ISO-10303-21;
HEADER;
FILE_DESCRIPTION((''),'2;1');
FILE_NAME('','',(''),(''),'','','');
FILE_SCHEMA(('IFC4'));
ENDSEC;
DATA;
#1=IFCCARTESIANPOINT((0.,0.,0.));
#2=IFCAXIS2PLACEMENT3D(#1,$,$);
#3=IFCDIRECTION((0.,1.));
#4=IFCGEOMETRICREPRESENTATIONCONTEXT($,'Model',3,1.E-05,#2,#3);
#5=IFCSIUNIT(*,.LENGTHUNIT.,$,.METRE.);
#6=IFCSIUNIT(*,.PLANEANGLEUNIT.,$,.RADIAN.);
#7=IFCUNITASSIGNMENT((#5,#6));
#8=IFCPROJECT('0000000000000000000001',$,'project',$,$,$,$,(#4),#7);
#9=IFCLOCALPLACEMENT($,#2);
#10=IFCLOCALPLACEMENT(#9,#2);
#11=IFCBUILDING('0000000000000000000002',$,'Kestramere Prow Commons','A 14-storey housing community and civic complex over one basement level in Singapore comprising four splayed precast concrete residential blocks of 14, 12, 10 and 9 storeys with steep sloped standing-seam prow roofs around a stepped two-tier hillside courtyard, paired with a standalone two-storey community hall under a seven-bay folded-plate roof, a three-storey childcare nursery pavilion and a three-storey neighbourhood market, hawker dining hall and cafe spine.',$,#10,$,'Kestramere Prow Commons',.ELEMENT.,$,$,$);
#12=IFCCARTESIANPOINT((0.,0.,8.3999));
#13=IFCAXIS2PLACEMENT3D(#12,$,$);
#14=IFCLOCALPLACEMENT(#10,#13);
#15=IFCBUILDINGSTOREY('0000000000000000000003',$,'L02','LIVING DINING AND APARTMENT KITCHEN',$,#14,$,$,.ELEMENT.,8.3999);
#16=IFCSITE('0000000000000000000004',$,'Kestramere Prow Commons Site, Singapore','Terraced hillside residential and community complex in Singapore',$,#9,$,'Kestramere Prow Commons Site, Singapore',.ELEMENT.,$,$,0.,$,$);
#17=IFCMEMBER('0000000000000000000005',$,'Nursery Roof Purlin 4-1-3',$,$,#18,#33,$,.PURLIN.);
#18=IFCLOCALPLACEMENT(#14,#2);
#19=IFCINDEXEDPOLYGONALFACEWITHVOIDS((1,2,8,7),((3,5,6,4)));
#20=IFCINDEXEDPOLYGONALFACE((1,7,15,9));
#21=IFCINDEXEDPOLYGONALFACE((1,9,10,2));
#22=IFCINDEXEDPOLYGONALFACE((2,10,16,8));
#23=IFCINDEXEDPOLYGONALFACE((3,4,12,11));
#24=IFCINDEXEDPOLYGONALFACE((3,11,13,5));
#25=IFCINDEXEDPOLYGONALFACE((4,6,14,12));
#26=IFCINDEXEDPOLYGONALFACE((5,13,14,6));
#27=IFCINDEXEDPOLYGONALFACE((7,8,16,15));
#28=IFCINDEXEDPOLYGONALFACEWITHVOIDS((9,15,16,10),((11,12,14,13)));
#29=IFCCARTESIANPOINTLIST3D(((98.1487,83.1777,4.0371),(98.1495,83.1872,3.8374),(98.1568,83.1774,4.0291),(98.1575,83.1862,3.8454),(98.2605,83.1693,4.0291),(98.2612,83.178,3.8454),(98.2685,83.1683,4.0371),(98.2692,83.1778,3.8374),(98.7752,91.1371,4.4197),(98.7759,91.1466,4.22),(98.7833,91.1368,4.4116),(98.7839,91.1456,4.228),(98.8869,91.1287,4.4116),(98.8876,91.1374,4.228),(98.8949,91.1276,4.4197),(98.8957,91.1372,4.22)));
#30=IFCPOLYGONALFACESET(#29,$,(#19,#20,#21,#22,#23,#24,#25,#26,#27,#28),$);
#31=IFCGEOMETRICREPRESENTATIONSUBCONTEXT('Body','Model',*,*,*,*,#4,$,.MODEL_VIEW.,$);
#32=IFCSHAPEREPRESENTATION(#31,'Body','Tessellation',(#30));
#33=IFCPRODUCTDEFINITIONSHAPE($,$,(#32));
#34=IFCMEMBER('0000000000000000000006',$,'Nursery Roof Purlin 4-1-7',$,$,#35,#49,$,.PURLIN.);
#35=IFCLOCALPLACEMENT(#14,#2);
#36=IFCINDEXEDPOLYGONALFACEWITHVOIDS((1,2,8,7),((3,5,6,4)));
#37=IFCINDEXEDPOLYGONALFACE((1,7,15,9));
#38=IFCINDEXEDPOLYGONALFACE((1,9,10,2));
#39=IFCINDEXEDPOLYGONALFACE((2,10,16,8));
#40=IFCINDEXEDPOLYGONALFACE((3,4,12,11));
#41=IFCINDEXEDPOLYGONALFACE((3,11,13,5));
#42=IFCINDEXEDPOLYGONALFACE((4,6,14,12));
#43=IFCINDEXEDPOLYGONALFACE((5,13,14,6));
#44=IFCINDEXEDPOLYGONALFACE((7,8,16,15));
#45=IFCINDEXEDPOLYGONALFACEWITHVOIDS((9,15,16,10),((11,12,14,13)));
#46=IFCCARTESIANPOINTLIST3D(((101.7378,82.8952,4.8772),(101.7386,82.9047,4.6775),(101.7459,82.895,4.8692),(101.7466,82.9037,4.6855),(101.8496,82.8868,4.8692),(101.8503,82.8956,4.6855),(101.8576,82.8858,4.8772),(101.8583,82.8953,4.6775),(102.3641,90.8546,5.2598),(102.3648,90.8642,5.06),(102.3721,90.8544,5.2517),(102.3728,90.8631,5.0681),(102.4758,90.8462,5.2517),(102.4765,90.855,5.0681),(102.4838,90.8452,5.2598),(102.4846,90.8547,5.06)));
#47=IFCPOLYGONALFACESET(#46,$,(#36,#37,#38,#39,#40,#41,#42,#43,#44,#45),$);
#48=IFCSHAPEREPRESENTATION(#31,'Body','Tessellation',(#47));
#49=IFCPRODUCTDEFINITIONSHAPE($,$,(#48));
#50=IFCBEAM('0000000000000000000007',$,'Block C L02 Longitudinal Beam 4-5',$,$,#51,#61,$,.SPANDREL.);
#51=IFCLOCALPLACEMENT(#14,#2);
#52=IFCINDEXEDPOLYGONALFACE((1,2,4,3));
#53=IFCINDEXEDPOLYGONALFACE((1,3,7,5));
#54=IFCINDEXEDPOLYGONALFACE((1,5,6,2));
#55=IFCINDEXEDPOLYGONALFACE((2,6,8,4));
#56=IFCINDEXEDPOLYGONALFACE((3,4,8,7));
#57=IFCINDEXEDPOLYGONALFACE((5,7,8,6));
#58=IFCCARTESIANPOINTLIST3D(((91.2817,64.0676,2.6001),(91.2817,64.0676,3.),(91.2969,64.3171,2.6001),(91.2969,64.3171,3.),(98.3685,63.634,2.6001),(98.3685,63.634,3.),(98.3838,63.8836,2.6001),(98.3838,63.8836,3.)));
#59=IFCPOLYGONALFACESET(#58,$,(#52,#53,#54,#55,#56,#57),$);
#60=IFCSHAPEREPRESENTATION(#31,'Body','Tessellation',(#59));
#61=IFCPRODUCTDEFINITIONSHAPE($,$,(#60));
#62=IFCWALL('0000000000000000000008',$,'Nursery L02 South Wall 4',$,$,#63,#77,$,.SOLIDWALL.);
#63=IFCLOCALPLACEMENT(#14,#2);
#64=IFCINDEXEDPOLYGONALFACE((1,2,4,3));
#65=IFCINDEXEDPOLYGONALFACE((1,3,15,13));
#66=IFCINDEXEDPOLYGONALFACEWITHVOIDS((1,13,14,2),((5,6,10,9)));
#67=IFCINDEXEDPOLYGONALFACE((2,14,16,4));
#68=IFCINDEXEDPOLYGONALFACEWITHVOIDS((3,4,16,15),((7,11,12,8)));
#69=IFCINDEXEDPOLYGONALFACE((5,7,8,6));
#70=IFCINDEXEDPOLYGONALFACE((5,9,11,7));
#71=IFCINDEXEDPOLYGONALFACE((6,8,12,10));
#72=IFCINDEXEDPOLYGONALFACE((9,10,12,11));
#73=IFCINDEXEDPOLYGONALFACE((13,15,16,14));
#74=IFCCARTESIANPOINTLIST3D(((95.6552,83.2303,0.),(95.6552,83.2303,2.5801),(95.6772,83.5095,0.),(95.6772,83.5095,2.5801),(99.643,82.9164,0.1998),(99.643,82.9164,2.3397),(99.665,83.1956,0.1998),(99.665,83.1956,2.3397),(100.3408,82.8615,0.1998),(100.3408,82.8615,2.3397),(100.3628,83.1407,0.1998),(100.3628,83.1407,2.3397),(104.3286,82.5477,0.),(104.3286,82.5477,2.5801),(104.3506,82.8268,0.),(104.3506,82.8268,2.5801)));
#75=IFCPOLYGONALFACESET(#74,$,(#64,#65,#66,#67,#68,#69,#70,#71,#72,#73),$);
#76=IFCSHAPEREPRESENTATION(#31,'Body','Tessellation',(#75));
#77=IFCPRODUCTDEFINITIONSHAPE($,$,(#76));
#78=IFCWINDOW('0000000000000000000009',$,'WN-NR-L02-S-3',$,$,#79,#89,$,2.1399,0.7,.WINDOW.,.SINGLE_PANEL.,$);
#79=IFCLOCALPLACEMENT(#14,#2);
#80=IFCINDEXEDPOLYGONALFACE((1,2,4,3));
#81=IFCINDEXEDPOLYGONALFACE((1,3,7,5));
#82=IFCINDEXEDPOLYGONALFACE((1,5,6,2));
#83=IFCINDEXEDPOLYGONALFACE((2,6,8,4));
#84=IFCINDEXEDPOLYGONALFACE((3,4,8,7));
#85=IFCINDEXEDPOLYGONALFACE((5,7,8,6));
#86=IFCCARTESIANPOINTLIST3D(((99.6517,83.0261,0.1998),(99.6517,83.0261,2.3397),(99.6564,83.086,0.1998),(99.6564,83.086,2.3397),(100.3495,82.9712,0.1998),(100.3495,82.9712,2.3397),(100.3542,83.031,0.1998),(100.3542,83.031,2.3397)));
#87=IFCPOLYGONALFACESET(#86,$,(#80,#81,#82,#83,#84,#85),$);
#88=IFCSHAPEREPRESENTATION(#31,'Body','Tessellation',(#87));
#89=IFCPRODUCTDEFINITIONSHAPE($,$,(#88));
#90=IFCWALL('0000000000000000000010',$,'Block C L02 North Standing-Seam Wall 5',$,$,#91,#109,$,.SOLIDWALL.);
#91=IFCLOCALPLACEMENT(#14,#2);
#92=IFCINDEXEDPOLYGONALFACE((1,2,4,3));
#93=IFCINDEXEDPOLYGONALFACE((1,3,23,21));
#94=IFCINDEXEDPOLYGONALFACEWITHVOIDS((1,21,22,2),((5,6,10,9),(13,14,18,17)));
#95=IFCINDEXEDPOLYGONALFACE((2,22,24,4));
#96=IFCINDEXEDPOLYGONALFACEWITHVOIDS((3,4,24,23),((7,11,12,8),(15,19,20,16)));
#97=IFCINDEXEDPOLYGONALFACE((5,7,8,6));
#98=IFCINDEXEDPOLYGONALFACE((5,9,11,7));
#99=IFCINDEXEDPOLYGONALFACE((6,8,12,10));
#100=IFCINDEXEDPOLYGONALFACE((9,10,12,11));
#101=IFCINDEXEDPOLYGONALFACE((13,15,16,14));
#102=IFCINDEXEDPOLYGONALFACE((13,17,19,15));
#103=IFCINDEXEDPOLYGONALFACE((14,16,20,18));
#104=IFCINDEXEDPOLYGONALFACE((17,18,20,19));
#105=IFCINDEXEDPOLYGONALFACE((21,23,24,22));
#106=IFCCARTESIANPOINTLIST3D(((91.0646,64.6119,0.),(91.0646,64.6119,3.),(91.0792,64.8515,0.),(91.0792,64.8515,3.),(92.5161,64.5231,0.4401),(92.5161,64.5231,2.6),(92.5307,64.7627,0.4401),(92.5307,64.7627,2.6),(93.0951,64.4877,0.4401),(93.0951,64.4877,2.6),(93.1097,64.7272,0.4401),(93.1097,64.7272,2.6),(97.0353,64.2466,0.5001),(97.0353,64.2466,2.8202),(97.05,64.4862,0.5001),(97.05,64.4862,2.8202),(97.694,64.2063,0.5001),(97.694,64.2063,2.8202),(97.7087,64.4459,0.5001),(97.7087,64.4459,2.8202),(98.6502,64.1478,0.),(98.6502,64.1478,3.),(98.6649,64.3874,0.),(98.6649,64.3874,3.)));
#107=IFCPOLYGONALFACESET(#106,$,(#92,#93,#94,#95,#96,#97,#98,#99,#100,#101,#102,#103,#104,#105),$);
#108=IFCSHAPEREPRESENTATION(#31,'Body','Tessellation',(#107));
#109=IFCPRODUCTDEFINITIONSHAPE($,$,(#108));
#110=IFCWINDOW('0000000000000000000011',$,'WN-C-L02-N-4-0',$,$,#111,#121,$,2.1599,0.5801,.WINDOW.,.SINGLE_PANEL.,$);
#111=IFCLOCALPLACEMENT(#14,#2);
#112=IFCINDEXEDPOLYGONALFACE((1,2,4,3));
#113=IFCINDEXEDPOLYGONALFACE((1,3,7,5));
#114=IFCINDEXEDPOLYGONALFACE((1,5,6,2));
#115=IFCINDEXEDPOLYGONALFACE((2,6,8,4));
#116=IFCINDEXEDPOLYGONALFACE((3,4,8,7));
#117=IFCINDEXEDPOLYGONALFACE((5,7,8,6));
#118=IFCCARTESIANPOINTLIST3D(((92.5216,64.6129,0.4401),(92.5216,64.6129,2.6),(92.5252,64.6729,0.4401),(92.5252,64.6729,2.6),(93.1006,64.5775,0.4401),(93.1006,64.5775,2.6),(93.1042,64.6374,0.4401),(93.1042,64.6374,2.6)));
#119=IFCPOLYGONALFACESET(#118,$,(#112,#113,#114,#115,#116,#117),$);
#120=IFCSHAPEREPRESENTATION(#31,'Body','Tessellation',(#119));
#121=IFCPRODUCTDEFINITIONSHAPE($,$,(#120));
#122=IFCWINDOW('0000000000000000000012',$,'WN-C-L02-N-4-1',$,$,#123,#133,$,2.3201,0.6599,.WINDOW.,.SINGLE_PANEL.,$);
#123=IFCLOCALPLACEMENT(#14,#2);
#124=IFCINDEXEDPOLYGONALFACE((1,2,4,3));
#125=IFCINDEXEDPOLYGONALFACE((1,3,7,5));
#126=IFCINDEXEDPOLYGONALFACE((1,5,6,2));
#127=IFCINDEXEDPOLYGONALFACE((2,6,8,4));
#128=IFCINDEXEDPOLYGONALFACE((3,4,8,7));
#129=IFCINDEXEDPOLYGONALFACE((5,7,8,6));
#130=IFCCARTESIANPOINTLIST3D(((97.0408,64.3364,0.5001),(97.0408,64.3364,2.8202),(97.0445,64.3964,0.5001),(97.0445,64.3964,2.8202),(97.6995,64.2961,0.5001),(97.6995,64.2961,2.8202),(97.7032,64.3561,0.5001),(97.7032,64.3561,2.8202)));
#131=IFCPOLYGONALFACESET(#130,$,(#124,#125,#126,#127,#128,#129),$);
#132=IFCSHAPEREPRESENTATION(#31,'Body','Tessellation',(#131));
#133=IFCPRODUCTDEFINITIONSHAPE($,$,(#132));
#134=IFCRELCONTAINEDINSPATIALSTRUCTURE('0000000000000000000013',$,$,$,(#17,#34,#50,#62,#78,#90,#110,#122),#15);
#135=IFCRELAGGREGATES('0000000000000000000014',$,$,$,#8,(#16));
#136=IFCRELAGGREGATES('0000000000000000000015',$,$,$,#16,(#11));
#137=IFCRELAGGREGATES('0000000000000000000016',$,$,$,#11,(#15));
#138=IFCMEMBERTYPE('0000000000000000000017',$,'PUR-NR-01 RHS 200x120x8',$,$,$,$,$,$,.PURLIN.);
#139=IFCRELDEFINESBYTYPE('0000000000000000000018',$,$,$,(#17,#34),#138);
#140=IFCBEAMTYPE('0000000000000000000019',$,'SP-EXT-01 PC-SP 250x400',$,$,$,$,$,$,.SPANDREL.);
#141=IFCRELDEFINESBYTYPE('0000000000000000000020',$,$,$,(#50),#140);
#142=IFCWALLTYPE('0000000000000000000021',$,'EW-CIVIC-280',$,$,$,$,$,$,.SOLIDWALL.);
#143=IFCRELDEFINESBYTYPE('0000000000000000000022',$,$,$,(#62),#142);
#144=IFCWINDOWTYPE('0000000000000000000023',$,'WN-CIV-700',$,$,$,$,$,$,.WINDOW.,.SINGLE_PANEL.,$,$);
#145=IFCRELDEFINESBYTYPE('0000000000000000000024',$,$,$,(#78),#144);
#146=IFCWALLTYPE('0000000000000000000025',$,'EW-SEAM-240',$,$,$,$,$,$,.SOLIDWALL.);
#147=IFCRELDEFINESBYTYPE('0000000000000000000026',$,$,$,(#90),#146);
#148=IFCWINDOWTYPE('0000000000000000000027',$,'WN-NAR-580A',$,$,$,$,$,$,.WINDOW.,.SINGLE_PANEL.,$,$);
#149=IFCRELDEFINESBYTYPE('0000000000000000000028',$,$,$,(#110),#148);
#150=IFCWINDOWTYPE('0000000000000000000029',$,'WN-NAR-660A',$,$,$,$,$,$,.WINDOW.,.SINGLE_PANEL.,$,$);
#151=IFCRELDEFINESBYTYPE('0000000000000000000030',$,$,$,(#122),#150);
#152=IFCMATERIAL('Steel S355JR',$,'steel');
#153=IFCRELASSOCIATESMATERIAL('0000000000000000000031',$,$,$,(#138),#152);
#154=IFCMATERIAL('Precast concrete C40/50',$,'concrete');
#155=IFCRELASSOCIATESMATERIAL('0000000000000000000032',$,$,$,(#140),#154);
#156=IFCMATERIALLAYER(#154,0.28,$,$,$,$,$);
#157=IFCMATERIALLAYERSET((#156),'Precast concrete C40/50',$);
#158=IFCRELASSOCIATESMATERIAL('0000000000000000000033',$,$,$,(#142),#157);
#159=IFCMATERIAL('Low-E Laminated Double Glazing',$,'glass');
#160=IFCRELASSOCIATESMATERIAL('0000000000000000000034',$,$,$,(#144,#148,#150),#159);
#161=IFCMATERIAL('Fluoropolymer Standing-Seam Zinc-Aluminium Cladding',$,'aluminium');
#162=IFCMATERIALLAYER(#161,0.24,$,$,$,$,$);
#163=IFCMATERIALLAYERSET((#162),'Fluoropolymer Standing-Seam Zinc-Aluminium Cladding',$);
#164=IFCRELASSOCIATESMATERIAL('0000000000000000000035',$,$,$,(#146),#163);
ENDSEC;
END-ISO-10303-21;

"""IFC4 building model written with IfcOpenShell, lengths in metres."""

from ifc_helpers import new_model, si_unit, direction, frame, frame_2d, origin, origin_2d, place, context, subcontext, project, spatial, rectangle, hollow_rectangle, extrude, material, layer, layer_set, material_profile, profile_set, type_object, element, fill, save


model = new_model("IFC4")

# Units and contexts
model_context = context("Model", 3, precision=1e-05, world=origin(), true_north=direction((0.0, 1.0)))
body_context = subcontext(model_context, "Body", "Model", "MODEL_VIEW")
ifc_project = project(units=[si_unit("LENGTHUNIT", "METRE"), si_unit("PLANEANGLEUNIT", "RADIAN")], contexts=[model_context])

# Site, building, storey
site_placement = place(None, origin())
site = spatial("IfcSite", under=ifc_project, at=site_placement, Name="Kestramere Prow Commons Site, Singapore", Description="Terraced hillside residential and community complex in Singapore", LongName="Kestramere Prow Commons Site, Singapore", CompositionType="ELEMENT", RefElevation=0.0)
building_placement = place(site_placement, origin())
building = spatial("IfcBuilding", under=site, at=building_placement, Name="Kestramere Prow Commons", Description="A 14-storey housing community and civic complex over one basement level in Singapore comprising four splayed precast concrete residential blocks of 14, 12, 10 and 9 storeys with steep sloped standing-seam prow roofs around a stepped two-tier hillside courtyard, paired with a standalone two-storey community hall under a seven-bay folded-plate roof, a three-storey childcare nursery pavilion and a three-storey neighbourhood market, hawker dining hall and cafe spine.", LongName="Kestramere Prow Commons", CompositionType="ELEMENT")
storey_placement = place(building_placement, frame((0.0, 0.0, 8.3999)))
storey = spatial("IfcBuildingStorey", under=building, at=storey_placement, Name="L02", Description="LIVING DINING AND APARTMENT KITCHEN", CompositionType="ELEMENT", Elevation=8.3999)

# Shared definitions
ifc_material_1 = material(Name="Precast concrete C40/50", Category="concrete")
ifc_material_2 = material(Name="Steel S355JR", Category="steel")

# Members
ifc_material_profile_1 = material_profile(ifc_material_2, hollow_rectangle(XDim=0.1201, YDim=0.2, WallThickness=0.0081, at=origin_2d()), Name="RHS 200x120x8")
ifc_profile_set_1 = profile_set([ifc_material_profile_1], Name="Steel S355JR")
member_type = type_object("IfcMemberType", Name="PUR-NR-01 RHS 200x120x8", PredefinedType="PURLIN", material=ifc_profile_set_1)
for number, where, z_axis, x_axis, name in (
    (1, (98.209, 83.1777, 3.9373), (0.078374, 0.995774, 0.047861), (-0.996917, 0.078464, 0.0), "Nursery Roof Purlin 4-1-3"),
    (2, (101.7981, 82.8953, 4.7773), (0.078344, 0.995777, 0.047862), (-0.996919, 0.078434, 0.0), "Nursery Roof Purlin 4-1-7"),
):
    element("IfcMember", number, at=place(storey_placement, frame(where, z_axis=z_axis, x_axis=x_axis)), inside=storey, type_object=member_type, Name=name, PredefinedType="PURLIN", context=body_context, shape_type="SweptSolid", body=[
        extrude(hollow_rectangle(XDim=0.1201, YDim=0.2, WallThickness=0.0081, at=origin_2d()), origin(), (0.0, 0.0, 1.0), 7.9932),
    ])

# Beam
ifc_material_profile_2 = material_profile(ifc_material_1, rectangle(XDim=0.25, YDim=0.3999, at=origin_2d()), Name="PC-SP 250x400")
ifc_profile_set_2 = profile_set([ifc_material_profile_2], Name="Precast concrete C40/50")
beam_type_1 = type_object("IfcBeamType", Name="SP-EXT-01 PC-SP 250x400", PredefinedType="SPANDREL", material=ifc_profile_set_2)
beam_1_placement = place(storey_placement, frame((91.2893, 64.1924, 2.8), z_axis=(0.998134, -0.061068, 0.0), x_axis=(0.061068, 0.998134, 0.0)))
element("IfcBeam", 3, at=beam_1_placement, inside=storey, type_object=beam_type_1, Name="Block C L02 Longitudinal Beam 4-5", PredefinedType="SPANDREL", context=body_context, shape_type="SweptSolid", body=[
    extrude(rectangle(XDim=0.25, YDim=0.3999, at=origin_2d()), origin(), (0.0, 0.0, 1.0), 7.1001),
])

# Wall, opening, window
ifc_layer_1 = layer(ifc_material_1, 0.28)
ifc_layer_set_1 = layer_set([ifc_layer_1], Name="Precast concrete C40/50")
wall_type_1 = type_object("IfcWallType", Name="EW-CIVIC-280", PredefinedType="SOLIDWALL", material=ifc_layer_set_1)
wall_1_placement = place(storey_placement, frame((104.3396, 82.6873, 0.0), z_axis=(0.0, 0.0, 1.0), x_axis=(-0.996917, 0.07846, 0.0)))
wall_1 = element("IfcWall", 4, at=wall_1_placement, inside=storey, type_object=wall_type_1, Name="Nursery L02 South Wall 4", PredefinedType="SOLIDWALL", context=body_context, shape_type="SweptSolid", body=[
    extrude(rectangle(XDim=8.7002, YDim=0.28, at=frame_2d((4.3501, 0.0))), origin(), (0.0, 0.0, 1.0), 2.5801),
])
opening_1_placement = place(wall_1_placement, frame((4.0, 0.0, 0.2)))
opening_1 = element("IfcOpeningElement", 5, at=opening_1_placement, cuts=wall_1, PredefinedType="OPENING", context=body_context, shape_type="SweptSolid", body=[
    extrude(rectangle(XDim=0.7, YDim=2.1399, at=frame_2d((0.3501, 1.0698))), frame((0.0, 0.155, 0.0), z_axis=(0.0, -1.0, 0.0), x_axis=(1.0, 0.0, 0.0)), (0.0, 0.0, 1.0), 0.3101),
])
ifc_material_3 = material(Name="Low-E Laminated Double Glazing", Category="glass")
window_type_1 = type_object("IfcWindowType", Name="WN-CIV-700", PartitioningType="SINGLE_PANEL", PredefinedType="WINDOW", material=ifc_material_3)
window_1_placement = place(opening_1_placement, origin())
window_1 = element("IfcWindow", 6, at=window_1_placement, inside=storey, type_object=window_type_1, Name="WN-NR-L02-S-3", OverallHeight=2.1399, OverallWidth=0.7, PartitioningType="SINGLE_PANEL", PredefinedType="WINDOW", context=body_context, shape_type="SweptSolid", body=[
    extrude(rectangle(XDim=0.7, YDim=2.1399, at=frame_2d((0.3501, 1.0698))), frame((0.0, 0.03, 0.0), z_axis=(0.0, -1.0, 0.0), x_axis=(1.0, 0.0, 0.0)), (0.0, 0.0, 1.0), 0.0601),
])
fill(opening_1, window_1)

# Wall, openings, windows
ifc_material_4 = material(Name="Fluoropolymer Standing-Seam Zinc-Aluminium Cladding", Category="aluminium")
ifc_layer_2 = layer(ifc_material_4, 0.24)
ifc_layer_set_2 = layer_set([ifc_layer_2], Name="Fluoropolymer Standing-Seam Zinc-Aluminium Cladding")
wall_type_2 = type_object("IfcWallType", Name="EW-SEAM-240", PredefinedType="SOLIDWALL", material=ifc_layer_set_2)
wall_2_placement = place(storey_placement, frame((91.072, 64.7317, 0.0), z_axis=(0.0, 0.0, 1.0), x_axis=(0.998134, -0.061068, 0.0)))
wall_2 = element("IfcWall", 7, at=wall_2_placement, inside=storey, type_object=wall_type_2, Name="Block C L02 North Standing-Seam Wall 5", PredefinedType="SOLIDWALL", context=body_context, shape_type="SweptSolid", body=[
    extrude(rectangle(XDim=7.5999, YDim=0.24, at=frame_2d((3.7998, 0.0))), origin(), (0.0, 0.0, 1.0), 3.0),
])
opening_2_placement = place(wall_2_placement, frame((1.4541, 0.0, 0.4399)))
opening_2 = element("IfcOpeningElement", 8, at=opening_2_placement, cuts=wall_2, PredefinedType="OPENING", context=body_context, shape_type="SweptSolid", body=[
    extrude(rectangle(XDim=0.5801, YDim=2.1599, at=frame_2d((0.29, 1.0801))), frame((0.0, 0.135, 0.0), z_axis=(0.0, -1.0, 0.0), x_axis=(1.0, 0.0, 0.0)), (0.0, 0.0, 1.0), 0.27),
])
opening_3_placement = place(wall_2_placement, frame((5.9817, 0.0, 0.5)))
opening_3 = element("IfcOpeningElement", 9, at=opening_3_placement, cuts=wall_2, PredefinedType="OPENING", context=body_context, shape_type="SweptSolid", body=[
    extrude(rectangle(XDim=0.6599, YDim=2.3201, at=frame_2d((0.3301, 1.1602))), frame((0.0, 0.135, 0.0), z_axis=(0.0, -1.0, 0.0), x_axis=(1.0, 0.0, 0.0)), (0.0, 0.0, 1.0), 0.27),
])
window_type_2 = type_object("IfcWindowType", Name="WN-NAR-580A", PartitioningType="SINGLE_PANEL", PredefinedType="WINDOW", material=ifc_material_3)
window_2_placement = place(opening_2_placement, origin())
window_2 = element("IfcWindow", 10, at=window_2_placement, inside=storey, type_object=window_type_2, Name="WN-C-L02-N-4-0", OverallHeight=2.1599, OverallWidth=0.5801, PartitioningType="SINGLE_PANEL", PredefinedType="WINDOW", context=body_context, shape_type="SweptSolid", body=[
    extrude(rectangle(XDim=0.5801, YDim=2.1599, at=frame_2d((0.29, 1.0801))), frame((0.0, 0.03, 0.0), z_axis=(0.0, -1.0, 0.0), x_axis=(1.0, 0.0, 0.0)), (0.0, 0.0, 1.0), 0.0601),
])
fill(opening_2, window_2)
window_type_3 = type_object("IfcWindowType", Name="WN-NAR-660A", PartitioningType="SINGLE_PANEL", PredefinedType="WINDOW", material=ifc_material_3)
window_3_placement = place(opening_3_placement, origin())
window_3 = element("IfcWindow", 11, at=window_3_placement, inside=storey, type_object=window_type_3, Name="WN-C-L02-N-4-1", OverallHeight=2.3201, OverallWidth=0.6599, PartitioningType="SINGLE_PANEL", PredefinedType="WINDOW", context=body_context, shape_type="SweptSolid", body=[
    extrude(rectangle(XDim=0.6599, YDim=2.3201, at=frame_2d((0.3301, 1.1602))), frame((0.0, 0.03, 0.0), z_axis=(0.0, -1.0, 0.0), x_axis=(1.0, 0.0, 0.0)), (0.0, 0.0, 1.0), 0.0601),
])
fill(opening_3, window_3)

save(model, "model.ifc")
